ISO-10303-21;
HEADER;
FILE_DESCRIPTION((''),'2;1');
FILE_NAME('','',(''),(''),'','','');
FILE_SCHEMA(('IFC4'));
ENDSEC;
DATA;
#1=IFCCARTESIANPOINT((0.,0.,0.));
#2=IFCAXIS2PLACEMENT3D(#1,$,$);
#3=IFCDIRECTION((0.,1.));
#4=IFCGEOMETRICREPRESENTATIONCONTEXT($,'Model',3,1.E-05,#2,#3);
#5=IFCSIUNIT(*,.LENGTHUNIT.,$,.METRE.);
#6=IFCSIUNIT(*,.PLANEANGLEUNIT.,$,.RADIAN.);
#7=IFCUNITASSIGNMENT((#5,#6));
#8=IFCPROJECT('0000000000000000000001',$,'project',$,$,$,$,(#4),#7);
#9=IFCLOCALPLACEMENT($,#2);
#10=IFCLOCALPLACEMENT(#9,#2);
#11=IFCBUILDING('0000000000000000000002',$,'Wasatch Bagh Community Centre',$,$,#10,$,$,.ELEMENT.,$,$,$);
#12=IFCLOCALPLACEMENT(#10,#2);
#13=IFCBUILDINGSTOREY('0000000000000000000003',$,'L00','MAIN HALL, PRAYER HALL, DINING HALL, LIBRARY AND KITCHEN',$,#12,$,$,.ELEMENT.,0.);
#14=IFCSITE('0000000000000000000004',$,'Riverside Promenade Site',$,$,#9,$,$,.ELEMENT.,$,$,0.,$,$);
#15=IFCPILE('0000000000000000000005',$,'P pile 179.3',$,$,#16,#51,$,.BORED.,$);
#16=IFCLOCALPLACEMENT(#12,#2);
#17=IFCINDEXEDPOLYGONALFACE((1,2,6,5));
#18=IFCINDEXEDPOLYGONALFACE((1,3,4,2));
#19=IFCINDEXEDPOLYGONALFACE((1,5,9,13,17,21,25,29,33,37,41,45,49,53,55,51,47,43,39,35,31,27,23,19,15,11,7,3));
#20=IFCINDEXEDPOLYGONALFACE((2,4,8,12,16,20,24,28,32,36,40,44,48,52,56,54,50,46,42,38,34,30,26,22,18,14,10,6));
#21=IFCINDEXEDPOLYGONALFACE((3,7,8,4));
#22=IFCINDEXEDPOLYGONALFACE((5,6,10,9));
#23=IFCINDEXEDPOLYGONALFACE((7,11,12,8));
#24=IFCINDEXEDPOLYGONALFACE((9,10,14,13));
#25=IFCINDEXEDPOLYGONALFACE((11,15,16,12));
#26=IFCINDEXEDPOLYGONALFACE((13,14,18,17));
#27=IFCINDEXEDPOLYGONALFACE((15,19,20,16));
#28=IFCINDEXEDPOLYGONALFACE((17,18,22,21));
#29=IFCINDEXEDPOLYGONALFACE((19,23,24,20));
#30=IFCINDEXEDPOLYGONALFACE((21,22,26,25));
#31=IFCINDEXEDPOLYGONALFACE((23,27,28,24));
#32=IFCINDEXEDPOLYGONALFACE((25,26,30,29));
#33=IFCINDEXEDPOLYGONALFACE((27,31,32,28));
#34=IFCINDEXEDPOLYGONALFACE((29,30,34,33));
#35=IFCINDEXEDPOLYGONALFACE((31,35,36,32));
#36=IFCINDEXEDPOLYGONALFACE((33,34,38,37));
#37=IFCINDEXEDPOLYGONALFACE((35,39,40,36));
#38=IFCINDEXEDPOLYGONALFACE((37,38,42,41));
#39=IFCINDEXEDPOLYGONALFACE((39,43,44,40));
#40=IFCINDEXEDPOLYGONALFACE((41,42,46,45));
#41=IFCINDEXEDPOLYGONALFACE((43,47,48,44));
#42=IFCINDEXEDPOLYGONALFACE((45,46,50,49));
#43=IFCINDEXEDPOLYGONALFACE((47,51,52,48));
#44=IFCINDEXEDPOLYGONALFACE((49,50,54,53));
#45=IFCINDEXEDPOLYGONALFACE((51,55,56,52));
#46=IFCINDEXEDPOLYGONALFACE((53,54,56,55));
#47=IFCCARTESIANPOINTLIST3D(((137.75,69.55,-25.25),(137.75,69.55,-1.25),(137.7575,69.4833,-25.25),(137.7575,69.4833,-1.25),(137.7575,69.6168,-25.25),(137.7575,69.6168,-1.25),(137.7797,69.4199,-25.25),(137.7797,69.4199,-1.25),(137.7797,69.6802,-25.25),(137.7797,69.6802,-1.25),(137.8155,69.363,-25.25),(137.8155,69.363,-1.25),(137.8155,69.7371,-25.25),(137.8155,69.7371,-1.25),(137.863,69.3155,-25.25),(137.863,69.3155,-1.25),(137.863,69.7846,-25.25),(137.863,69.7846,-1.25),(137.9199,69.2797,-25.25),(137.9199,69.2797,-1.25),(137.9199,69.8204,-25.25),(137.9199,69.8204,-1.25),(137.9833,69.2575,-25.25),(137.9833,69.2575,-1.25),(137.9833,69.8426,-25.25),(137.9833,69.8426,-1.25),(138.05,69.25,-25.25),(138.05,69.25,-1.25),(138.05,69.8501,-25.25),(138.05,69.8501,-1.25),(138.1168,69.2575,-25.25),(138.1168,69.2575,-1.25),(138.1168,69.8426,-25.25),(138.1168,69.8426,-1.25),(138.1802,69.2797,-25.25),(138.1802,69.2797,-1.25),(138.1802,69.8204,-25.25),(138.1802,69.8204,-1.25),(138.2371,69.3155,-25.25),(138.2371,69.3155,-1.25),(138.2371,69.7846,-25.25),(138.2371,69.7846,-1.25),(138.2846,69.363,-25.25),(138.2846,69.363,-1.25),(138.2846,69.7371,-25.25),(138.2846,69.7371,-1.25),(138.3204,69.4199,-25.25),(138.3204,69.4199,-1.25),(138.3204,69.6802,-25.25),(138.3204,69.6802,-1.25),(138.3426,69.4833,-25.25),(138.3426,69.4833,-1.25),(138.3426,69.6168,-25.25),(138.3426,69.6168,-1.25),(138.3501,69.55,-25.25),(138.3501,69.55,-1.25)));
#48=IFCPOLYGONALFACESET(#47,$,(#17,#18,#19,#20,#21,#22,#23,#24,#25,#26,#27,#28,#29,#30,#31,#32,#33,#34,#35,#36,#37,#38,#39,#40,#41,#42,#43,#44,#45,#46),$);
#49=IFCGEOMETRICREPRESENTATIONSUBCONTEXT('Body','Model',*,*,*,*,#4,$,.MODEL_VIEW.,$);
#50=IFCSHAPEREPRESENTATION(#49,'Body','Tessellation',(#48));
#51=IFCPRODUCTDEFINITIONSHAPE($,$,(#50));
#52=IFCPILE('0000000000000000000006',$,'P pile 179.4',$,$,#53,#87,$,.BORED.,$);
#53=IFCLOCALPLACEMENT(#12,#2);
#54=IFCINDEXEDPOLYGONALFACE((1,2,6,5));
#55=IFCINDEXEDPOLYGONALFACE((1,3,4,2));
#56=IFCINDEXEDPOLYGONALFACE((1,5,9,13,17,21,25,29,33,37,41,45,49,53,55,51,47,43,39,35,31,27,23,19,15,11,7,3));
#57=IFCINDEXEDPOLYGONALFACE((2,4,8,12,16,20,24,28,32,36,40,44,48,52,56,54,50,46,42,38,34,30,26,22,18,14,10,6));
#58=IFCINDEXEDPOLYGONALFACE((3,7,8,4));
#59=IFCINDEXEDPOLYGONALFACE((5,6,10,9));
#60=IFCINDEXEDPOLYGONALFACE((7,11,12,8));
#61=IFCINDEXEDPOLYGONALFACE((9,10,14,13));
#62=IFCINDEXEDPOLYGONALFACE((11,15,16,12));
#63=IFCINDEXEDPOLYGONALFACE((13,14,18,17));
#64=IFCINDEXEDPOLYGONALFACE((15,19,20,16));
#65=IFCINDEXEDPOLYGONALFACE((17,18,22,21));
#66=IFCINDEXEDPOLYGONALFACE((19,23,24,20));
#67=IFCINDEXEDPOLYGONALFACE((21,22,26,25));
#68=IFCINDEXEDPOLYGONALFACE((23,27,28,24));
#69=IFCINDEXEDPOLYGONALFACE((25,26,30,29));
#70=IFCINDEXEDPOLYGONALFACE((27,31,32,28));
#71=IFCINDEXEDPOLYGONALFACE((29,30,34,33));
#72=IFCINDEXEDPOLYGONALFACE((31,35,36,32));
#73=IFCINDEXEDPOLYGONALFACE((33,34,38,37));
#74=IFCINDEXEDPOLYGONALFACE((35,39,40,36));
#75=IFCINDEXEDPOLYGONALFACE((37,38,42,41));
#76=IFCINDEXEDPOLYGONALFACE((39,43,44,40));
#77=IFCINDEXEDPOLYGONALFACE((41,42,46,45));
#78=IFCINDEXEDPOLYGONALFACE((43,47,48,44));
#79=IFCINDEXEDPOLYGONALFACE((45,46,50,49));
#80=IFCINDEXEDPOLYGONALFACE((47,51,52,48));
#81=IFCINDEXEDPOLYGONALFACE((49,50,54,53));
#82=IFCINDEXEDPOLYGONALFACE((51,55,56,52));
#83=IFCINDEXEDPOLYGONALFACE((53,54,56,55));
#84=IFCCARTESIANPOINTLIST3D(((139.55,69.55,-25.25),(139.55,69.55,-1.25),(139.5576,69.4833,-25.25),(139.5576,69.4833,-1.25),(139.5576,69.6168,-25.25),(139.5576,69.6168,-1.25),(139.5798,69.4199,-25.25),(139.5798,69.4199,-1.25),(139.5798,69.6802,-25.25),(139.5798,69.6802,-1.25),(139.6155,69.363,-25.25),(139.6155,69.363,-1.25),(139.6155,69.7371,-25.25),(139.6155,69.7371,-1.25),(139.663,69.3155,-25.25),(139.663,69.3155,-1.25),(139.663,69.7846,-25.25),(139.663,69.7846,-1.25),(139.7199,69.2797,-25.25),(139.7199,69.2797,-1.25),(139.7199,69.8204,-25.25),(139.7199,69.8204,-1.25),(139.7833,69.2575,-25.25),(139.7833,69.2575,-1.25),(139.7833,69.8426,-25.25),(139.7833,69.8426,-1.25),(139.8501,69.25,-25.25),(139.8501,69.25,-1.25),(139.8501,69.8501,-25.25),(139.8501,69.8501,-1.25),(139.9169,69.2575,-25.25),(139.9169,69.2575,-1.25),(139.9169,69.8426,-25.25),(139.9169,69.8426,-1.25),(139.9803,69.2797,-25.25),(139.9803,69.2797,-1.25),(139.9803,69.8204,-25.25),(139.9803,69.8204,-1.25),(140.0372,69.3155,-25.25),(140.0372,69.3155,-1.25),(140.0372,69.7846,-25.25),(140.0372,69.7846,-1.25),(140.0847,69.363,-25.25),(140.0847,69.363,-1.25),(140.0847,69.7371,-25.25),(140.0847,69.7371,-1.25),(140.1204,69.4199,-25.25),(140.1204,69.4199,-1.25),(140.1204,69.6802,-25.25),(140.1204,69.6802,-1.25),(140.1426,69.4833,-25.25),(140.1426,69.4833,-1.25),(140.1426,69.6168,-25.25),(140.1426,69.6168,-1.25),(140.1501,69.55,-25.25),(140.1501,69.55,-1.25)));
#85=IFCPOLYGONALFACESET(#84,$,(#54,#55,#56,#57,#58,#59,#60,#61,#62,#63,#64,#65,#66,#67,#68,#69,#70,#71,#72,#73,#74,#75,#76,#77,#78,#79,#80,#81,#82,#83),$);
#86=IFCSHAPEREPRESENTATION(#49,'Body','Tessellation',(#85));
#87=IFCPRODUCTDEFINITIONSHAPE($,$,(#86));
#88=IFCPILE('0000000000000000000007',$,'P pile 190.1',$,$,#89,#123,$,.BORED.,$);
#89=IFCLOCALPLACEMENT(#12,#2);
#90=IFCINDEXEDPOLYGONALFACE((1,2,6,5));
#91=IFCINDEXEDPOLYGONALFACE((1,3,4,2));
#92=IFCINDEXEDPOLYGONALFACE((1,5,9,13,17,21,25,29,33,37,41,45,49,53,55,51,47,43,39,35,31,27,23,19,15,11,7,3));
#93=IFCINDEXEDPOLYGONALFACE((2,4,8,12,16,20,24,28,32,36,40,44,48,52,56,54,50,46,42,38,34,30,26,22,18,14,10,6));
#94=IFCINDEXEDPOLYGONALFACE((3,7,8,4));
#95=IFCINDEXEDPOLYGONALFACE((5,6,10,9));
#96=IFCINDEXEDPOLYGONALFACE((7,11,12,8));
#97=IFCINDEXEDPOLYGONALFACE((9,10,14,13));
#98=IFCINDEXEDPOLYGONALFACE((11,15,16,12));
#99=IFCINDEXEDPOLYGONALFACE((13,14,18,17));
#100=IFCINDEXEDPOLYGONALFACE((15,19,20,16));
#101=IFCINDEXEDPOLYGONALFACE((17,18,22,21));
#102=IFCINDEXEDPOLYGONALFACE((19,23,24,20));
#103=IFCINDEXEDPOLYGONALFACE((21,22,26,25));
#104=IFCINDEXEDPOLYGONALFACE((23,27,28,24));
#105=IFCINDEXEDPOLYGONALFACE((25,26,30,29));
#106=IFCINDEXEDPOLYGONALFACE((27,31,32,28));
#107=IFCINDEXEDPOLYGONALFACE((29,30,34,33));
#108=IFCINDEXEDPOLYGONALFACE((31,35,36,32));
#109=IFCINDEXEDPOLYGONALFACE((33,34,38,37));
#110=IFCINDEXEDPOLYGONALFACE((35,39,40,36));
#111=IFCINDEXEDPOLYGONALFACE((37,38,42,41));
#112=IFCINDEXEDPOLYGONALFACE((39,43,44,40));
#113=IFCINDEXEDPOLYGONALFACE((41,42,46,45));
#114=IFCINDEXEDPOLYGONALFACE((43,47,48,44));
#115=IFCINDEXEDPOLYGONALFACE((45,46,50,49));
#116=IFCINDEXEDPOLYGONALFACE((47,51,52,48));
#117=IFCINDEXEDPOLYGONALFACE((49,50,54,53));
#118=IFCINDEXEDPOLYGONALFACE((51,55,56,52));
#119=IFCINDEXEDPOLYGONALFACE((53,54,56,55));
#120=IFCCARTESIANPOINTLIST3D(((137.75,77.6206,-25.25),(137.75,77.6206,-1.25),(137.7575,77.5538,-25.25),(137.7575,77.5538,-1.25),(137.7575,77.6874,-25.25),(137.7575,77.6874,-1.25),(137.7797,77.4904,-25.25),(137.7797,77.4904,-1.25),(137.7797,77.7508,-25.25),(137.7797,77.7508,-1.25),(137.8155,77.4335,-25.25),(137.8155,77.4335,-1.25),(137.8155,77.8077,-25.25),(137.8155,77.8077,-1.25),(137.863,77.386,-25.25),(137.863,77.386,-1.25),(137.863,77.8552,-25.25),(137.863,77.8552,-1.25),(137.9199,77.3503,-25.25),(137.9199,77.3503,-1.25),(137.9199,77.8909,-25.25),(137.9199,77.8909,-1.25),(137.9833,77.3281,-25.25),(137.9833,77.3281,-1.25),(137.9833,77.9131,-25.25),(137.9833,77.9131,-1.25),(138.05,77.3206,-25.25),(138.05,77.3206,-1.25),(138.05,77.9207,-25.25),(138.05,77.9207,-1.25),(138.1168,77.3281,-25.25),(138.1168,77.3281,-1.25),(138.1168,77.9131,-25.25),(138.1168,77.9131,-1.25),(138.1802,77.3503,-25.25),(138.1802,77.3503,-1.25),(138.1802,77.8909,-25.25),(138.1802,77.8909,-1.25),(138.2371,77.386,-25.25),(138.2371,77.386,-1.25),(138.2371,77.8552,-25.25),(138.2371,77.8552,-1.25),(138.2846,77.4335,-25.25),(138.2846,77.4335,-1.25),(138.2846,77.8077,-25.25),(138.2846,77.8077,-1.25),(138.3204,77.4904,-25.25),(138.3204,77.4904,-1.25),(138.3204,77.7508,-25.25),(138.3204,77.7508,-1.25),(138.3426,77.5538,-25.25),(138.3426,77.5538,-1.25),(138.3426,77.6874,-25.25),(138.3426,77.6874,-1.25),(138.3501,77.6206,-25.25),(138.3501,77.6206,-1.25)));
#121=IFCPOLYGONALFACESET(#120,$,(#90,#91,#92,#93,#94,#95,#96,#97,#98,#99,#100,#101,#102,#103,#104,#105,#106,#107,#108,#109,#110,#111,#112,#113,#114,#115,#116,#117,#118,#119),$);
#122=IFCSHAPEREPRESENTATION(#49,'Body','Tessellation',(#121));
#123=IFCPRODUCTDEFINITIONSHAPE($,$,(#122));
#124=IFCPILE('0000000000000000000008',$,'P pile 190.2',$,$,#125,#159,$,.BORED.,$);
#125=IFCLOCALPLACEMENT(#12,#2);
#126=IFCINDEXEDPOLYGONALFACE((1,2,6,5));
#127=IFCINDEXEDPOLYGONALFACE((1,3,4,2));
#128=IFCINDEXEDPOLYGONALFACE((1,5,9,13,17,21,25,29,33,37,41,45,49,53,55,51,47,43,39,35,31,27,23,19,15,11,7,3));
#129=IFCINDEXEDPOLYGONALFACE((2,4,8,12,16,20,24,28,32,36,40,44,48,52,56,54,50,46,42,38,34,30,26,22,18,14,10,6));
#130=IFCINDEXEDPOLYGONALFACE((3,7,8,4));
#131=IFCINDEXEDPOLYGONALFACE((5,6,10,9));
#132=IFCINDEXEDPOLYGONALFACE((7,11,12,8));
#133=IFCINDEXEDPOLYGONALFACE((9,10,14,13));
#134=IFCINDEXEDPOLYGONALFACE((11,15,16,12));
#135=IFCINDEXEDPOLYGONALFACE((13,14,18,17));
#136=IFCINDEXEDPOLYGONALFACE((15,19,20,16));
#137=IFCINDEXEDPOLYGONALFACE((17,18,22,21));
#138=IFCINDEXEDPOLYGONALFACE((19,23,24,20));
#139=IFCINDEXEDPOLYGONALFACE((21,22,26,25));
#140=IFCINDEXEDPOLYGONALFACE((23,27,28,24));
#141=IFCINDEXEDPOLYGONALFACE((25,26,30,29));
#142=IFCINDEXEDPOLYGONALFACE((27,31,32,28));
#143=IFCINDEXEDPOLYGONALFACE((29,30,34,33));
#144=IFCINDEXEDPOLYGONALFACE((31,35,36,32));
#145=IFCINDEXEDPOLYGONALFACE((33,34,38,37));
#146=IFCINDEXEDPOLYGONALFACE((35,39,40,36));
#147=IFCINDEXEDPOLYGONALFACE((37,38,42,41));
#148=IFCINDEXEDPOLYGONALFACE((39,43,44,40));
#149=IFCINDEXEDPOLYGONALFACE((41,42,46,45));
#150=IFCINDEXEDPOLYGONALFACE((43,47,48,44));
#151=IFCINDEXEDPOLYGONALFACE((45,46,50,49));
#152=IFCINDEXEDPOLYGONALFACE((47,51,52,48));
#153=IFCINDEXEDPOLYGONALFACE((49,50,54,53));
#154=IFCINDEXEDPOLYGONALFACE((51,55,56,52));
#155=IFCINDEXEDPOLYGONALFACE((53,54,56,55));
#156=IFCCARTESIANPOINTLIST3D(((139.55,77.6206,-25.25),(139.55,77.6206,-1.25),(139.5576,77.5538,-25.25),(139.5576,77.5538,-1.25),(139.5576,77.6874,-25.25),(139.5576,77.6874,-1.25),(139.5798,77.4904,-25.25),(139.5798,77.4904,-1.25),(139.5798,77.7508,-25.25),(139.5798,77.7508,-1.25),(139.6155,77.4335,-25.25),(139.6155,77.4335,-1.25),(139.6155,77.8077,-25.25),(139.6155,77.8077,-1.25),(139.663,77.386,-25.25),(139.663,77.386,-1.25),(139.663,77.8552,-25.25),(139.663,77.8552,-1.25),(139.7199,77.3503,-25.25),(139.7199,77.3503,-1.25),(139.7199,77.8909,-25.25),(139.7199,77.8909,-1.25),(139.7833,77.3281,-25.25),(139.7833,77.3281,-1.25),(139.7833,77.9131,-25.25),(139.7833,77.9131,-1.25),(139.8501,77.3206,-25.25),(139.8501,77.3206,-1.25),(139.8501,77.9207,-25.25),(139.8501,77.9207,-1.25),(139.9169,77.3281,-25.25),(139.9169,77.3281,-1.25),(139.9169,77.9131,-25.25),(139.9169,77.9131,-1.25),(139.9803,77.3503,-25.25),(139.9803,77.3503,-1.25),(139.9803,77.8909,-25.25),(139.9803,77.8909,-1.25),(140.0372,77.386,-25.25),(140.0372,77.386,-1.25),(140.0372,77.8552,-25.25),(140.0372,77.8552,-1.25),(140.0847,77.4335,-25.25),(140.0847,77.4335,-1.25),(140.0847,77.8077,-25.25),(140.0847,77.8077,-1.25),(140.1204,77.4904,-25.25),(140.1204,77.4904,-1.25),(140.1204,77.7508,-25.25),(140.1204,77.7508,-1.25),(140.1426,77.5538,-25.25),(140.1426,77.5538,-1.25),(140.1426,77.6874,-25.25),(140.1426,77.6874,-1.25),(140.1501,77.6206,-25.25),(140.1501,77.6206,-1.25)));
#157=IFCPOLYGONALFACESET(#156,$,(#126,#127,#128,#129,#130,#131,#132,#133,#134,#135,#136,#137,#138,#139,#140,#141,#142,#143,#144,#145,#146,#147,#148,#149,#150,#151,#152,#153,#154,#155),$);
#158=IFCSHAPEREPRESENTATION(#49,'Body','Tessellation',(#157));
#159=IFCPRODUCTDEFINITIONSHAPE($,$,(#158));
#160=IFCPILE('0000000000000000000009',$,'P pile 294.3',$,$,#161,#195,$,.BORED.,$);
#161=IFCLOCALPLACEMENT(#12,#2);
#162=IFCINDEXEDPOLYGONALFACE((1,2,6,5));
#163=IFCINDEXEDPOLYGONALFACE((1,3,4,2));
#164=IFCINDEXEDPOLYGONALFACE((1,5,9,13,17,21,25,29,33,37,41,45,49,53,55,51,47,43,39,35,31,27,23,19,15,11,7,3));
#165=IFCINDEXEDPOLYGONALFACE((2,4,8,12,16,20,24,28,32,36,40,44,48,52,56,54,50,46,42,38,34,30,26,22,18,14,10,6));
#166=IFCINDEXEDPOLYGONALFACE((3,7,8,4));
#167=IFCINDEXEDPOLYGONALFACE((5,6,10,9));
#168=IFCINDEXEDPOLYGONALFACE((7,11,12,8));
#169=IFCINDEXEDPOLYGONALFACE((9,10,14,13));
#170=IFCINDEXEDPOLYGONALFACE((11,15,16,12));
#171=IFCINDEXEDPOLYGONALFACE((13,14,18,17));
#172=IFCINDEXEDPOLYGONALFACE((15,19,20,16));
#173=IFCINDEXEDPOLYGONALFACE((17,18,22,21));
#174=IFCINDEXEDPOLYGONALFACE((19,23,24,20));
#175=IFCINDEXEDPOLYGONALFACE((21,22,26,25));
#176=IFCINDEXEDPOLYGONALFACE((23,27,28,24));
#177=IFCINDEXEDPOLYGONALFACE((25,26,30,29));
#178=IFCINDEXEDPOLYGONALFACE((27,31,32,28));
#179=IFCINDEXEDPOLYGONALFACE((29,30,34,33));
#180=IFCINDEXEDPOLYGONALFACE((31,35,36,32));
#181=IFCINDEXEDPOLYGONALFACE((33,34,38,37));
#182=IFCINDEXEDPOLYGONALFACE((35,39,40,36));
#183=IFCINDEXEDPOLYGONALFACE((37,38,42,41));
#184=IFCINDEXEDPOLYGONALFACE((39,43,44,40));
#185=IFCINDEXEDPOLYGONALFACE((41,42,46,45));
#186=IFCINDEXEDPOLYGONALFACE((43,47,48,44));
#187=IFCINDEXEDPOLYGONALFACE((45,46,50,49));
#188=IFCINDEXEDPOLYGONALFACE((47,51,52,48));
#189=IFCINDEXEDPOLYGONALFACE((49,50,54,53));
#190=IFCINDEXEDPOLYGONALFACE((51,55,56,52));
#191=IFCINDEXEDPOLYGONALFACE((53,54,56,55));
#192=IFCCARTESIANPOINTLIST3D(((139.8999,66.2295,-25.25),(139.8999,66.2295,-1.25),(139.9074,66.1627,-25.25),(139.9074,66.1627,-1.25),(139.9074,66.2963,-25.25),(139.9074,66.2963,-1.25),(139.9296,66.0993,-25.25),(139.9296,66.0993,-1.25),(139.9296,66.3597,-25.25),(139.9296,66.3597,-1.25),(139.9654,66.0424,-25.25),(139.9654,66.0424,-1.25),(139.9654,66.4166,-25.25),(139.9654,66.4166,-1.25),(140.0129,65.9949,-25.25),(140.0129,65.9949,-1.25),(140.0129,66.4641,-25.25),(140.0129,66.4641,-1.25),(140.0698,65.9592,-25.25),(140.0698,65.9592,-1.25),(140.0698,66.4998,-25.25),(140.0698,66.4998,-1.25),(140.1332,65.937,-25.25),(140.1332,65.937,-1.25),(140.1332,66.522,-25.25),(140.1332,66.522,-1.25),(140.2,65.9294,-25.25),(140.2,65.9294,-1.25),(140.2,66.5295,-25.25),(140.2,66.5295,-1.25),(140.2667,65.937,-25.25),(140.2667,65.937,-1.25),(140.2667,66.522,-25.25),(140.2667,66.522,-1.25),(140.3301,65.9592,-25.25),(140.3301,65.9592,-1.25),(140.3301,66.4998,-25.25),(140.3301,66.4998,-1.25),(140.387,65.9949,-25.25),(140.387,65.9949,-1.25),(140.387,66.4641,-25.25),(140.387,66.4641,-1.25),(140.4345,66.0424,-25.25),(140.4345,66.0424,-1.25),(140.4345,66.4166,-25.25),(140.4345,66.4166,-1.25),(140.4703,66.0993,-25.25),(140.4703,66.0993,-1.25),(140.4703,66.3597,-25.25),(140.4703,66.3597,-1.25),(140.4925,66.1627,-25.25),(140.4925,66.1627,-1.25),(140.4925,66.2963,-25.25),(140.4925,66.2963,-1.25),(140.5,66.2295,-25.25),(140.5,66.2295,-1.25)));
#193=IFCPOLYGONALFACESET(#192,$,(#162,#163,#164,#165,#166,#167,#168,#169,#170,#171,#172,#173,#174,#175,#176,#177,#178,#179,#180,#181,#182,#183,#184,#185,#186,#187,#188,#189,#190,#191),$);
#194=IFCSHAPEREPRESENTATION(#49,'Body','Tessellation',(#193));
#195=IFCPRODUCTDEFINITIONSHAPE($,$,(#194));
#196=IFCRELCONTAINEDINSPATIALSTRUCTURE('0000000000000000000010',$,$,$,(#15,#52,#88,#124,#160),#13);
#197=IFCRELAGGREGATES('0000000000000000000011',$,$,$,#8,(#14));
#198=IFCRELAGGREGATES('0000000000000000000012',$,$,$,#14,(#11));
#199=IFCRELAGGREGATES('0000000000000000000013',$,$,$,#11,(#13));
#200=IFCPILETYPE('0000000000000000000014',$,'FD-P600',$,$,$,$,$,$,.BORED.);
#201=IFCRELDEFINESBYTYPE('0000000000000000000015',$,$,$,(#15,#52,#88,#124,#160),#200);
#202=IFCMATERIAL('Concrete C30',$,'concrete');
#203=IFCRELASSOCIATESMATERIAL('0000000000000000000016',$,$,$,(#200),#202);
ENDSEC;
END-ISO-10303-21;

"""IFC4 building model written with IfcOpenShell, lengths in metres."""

from ifc_helpers import new_model, si_unit, direction, frame, origin, origin_2d, place, context, subcontext, project, spatial, circle, extrude, material, material_profile, profile_set, type_object, element, save


model = new_model("IFC4")

# Units and contexts
model_context = context("Model", 3, precision=1e-05, world=origin(), true_north=direction((0.0, 1.0)))
body_context = subcontext(model_context, "Body", "Model", "MODEL_VIEW")
ifc_project = project(units=[si_unit("LENGTHUNIT", "METRE"), si_unit("PLANEANGLEUNIT", "RADIAN")], contexts=[model_context])

# Site, building, storey
site_placement = place(None, origin())
site = spatial("IfcSite", under=ifc_project, at=site_placement, Name="Riverside Promenade Site", CompositionType="ELEMENT", RefElevation=0.0)
building_placement = place(site_placement, origin())
building = spatial("IfcBuilding", under=site, at=building_placement, Name="Wasatch Bagh Community Centre", CompositionType="ELEMENT")
storey_placement = place(building_placement, origin())
storey = spatial("IfcBuildingStorey", under=building, at=storey_placement, Name="L00", Description="MAIN HALL, PRAYER HALL, DINING HALL, LIBRARY AND KITCHEN", CompositionType="ELEMENT", Elevation=0.0)

# Piles
ifc_material_1 = material(Name="Concrete C30", Category="concrete")
ifc_material_profile_1 = material_profile(ifc_material_1, circle(Radius=0.3, at=origin_2d()), Name="RC D600")
ifc_profile_set_1 = profile_set([ifc_material_profile_1], Name="Concrete C30")
pile_type_1 = type_object("IfcPileType", Name="FD-P600", PredefinedType="BORED", material=ifc_profile_set_1)
for number, where, z_axis, x_axis, name in (
    (1, (138.05, 69.55, -1.25), (0.0, 0.0, -1.0), (1.0, 0.0, 0.0), "P pile 179.3"),
    (2, (139.8501, 69.55, -1.25), (0.0, 0.0, -1.0), (1.0, 0.0, 0.0), "P pile 179.4"),
    (3, (138.05, 77.6206, -1.25), (0.0, 0.0, -1.0), (1.0, 0.0, 0.0), "P pile 190.1"),
    (4, (139.8501, 77.6206, -1.25), (0.0, 0.0, -1.0), (1.0, 0.0, 0.0), "P pile 190.2"),
    (5, (140.2, 66.2295, -1.25), (0.0, 0.0, -1.0), (1.0, 0.0, 0.0), "P pile 294.3"),
):
    element("IfcPile", number, at=place(storey_placement, frame(where, z_axis=z_axis, x_axis=x_axis)), inside=storey, type_object=pile_type_1, Name=name, PredefinedType="BORED", context=body_context, shape_type="SweptSolid", body=[
        extrude(circle(Radius=0.3, at=origin_2d()), origin(), (0.0, 0.0, 1.0), 24.0),
    ])

save(model, "model.ifc")
